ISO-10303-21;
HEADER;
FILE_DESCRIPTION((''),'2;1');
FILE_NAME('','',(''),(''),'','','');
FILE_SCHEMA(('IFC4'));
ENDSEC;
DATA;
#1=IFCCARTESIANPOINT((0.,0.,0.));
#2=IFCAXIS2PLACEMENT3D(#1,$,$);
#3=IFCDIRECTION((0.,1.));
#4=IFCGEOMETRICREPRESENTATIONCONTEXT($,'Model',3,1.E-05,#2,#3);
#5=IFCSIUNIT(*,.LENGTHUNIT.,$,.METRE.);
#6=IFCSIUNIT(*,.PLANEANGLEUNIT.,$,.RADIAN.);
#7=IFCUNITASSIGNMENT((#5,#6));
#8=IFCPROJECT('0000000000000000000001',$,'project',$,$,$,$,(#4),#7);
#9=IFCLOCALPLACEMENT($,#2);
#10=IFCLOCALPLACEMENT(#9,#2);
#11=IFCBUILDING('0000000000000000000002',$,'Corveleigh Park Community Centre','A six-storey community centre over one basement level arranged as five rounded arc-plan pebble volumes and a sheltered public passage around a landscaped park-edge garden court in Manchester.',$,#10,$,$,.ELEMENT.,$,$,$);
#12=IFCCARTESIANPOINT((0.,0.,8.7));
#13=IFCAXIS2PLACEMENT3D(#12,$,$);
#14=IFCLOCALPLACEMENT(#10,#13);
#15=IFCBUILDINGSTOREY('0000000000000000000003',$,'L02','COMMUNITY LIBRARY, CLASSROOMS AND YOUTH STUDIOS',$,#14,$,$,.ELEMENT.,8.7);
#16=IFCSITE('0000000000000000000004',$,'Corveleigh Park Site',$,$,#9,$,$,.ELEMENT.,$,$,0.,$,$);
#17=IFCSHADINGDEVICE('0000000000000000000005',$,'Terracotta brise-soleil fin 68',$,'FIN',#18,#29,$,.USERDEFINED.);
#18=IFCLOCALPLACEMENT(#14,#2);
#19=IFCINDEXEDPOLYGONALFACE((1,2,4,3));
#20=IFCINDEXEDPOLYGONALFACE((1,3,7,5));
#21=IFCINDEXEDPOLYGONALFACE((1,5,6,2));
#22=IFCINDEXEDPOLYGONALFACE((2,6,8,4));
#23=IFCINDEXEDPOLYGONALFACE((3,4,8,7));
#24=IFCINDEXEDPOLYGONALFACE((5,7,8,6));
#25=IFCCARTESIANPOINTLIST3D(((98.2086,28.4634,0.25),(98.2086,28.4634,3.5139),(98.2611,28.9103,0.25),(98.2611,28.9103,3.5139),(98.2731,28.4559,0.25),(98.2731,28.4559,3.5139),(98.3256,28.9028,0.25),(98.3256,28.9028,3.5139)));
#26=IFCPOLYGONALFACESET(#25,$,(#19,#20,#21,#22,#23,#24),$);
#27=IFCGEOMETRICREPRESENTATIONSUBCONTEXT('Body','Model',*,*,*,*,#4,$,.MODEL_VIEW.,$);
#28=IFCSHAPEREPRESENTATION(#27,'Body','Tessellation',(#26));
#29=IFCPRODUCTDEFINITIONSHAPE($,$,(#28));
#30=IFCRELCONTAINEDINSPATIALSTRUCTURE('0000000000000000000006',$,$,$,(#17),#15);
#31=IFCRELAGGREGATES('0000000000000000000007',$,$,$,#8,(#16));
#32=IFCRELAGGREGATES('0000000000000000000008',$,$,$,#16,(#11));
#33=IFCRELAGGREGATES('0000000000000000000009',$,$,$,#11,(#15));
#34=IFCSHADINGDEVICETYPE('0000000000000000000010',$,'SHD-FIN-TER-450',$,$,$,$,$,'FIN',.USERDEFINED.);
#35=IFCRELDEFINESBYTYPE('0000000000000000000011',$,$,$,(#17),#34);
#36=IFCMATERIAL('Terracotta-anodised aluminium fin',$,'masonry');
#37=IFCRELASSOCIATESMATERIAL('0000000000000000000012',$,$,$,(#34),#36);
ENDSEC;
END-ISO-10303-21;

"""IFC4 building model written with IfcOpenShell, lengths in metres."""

from ifc_helpers import new_model, si_unit, direction, frame, origin, origin_2d, place, context, subcontext, project, spatial, rectangle, extrude, material, type_object, element, save


model = new_model("IFC4")

# Units and contexts
model_context = context("Model", 3, precision=1e-05, world=origin(), true_north=direction((0.0, 1.0)))
body_context = subcontext(model_context, "Body", "Model", "MODEL_VIEW")
ifc_project = project(units=[si_unit("LENGTHUNIT", "METRE"), si_unit("PLANEANGLEUNIT", "RADIAN")], contexts=[model_context])

# Site, building, storey
site_placement = place(None, origin())
site = spatial("IfcSite", under=ifc_project, at=site_placement, Name="Corveleigh Park Site", CompositionType="ELEMENT", RefElevation=0.0)
building_placement = place(site_placement, origin())
building = spatial("IfcBuilding", under=site, at=building_placement, Name="Corveleigh Park Community Centre", Description="A six-storey community centre over one basement level arranged as five rounded arc-plan pebble volumes and a sheltered public passage around a landscaped park-edge garden court in Manchester.", CompositionType="ELEMENT")
storey_placement = place(building_placement, frame((0.0, 0.0, 8.7)))
storey = spatial("IfcBuildingStorey", under=building, at=storey_placement, Name="L02", Description="COMMUNITY LIBRARY, CLASSROOMS AND YOUTH STUDIOS", CompositionType="ELEMENT", Elevation=8.7)

# Shading device
ifc_material_1 = material(Name="Terracotta-anodised aluminium fin", Category="masonry")
shading_device_type = type_object("IfcShadingDeviceType", Name="SHD-FIN-TER-450", ElementType="FIN", PredefinedType="USERDEFINED", material=ifc_material_1)
shading_device_placement = place(storey_placement, frame((98.2671, 28.6831, 0.25), z_axis=(0.0, 0.0, 1.0), x_axis=(0.116512, 0.993189, 0.0)))
element("IfcShadingDevice", 1, at=shading_device_placement, inside=storey, type_object=shading_device_type, Name="Terracotta brise-soleil fin 68", ObjectType="FIN", PredefinedType="USERDEFINED", context=body_context, shape_type="SweptSolid", body=[
    extrude(rectangle(XDim=0.45, YDim=0.0649, at=origin_2d()), origin(), (0.0, 0.0, 1.0), 3.2639),
])

save(model, "model.ifc")
